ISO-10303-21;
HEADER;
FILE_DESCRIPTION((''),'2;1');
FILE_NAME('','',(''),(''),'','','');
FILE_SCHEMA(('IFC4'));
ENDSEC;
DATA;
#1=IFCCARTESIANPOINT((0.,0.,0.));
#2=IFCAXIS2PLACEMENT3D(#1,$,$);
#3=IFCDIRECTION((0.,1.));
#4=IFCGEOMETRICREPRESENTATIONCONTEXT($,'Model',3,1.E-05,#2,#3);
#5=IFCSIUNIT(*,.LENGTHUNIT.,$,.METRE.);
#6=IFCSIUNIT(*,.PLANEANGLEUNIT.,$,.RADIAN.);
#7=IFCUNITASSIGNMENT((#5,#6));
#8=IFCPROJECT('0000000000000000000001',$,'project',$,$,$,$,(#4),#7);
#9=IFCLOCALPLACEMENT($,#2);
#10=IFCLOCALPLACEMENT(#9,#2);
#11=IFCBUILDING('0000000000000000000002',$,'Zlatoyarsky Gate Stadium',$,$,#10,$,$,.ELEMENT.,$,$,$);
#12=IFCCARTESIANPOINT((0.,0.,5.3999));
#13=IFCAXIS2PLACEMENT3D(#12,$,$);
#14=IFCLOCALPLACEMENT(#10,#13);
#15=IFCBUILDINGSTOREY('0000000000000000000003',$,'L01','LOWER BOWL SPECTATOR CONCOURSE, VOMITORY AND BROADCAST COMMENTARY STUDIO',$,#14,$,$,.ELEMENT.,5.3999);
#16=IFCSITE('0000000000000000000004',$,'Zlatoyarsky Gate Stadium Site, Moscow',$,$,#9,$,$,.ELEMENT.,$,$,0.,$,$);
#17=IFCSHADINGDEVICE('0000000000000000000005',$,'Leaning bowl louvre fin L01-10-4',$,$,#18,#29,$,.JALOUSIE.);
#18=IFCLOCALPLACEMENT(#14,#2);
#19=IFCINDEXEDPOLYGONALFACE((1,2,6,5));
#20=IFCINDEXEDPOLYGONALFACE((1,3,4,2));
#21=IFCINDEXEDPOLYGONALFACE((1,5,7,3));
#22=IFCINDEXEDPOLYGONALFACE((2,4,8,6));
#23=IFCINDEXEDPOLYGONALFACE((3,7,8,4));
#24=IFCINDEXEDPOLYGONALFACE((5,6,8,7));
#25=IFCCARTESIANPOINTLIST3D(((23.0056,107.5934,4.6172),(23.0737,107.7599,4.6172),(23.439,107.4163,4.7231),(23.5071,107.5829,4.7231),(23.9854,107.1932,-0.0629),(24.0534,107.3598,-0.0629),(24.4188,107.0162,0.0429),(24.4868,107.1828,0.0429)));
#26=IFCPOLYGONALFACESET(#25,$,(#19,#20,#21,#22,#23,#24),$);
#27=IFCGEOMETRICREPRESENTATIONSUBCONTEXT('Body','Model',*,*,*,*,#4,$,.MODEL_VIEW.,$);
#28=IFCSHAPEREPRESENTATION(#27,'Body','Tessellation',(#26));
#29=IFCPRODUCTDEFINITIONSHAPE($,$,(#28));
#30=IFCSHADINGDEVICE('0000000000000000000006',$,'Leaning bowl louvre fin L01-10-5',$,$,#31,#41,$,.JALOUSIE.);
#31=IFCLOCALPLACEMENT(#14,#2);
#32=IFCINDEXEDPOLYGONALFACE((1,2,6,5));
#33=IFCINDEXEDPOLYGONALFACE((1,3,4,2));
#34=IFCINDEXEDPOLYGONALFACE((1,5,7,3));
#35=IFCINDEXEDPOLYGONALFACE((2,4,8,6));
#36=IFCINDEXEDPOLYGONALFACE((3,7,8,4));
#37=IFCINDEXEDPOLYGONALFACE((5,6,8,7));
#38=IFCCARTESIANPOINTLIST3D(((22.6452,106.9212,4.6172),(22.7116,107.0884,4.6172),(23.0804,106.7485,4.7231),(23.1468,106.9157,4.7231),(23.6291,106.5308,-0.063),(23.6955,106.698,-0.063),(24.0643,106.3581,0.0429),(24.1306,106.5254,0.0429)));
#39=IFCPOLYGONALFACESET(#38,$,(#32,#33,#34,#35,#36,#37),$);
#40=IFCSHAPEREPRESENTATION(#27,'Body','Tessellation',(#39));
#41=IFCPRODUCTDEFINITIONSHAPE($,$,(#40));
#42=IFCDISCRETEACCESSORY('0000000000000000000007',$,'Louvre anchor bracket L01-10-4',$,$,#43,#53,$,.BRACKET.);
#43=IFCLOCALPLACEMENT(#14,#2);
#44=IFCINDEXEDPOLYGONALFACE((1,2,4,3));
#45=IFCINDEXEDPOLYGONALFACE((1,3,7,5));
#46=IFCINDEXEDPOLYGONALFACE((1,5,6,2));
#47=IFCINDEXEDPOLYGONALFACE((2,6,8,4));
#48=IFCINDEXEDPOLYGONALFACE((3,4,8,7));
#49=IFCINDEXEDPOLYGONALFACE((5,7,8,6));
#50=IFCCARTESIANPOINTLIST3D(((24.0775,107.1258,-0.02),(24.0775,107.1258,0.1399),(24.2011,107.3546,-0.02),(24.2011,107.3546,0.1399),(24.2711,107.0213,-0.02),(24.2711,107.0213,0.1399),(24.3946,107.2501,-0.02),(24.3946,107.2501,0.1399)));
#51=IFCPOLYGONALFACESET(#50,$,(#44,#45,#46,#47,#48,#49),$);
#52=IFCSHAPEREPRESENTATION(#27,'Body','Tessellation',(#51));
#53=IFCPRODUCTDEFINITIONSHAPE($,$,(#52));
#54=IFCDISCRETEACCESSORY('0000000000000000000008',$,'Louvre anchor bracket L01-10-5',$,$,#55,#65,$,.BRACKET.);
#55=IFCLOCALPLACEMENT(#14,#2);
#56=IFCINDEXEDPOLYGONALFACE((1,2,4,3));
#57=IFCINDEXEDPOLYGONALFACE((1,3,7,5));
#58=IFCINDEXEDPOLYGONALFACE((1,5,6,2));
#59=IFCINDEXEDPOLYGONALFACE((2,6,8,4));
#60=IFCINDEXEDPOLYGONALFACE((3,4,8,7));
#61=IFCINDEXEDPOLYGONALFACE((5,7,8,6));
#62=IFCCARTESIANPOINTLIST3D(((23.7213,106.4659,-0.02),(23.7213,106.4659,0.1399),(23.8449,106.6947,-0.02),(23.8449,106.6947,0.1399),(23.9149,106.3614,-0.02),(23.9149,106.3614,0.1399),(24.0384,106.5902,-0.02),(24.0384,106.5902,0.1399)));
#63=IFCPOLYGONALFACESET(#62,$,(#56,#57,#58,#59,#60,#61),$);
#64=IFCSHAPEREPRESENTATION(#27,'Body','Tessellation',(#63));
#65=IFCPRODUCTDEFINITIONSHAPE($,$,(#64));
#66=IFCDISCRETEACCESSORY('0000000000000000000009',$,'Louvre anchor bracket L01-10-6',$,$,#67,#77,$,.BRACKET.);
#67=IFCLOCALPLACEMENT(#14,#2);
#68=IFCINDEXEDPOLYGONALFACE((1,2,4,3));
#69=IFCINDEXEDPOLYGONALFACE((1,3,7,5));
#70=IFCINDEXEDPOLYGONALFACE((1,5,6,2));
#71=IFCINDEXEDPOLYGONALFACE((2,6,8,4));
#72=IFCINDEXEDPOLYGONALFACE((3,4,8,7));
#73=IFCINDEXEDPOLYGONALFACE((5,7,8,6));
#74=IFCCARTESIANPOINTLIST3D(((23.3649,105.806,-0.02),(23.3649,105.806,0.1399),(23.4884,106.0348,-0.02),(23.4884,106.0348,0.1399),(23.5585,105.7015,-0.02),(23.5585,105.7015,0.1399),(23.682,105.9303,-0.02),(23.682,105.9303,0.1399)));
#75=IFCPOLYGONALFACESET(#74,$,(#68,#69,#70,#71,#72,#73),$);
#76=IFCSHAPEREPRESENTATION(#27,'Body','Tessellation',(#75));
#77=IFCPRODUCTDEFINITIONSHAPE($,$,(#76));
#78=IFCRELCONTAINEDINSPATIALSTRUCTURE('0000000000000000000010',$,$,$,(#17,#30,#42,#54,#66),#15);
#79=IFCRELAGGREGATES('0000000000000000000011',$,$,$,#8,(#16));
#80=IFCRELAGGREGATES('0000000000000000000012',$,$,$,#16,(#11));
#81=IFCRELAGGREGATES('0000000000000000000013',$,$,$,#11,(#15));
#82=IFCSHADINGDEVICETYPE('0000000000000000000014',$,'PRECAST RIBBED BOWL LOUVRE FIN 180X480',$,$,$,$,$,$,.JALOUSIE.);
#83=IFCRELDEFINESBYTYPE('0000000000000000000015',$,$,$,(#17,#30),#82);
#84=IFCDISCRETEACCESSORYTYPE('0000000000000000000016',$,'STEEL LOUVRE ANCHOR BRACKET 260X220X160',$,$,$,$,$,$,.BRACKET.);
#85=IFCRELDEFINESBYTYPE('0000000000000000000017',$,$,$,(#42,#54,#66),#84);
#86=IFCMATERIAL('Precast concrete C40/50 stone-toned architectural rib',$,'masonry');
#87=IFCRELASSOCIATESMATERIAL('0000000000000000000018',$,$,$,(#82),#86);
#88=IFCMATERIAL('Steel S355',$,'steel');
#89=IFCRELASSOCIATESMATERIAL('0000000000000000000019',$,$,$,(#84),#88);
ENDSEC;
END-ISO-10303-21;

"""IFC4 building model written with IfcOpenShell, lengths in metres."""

from ifc_helpers import new_model, si_unit, direction, frame, origin, origin_2d, place, context, subcontext, project, spatial, rectangle, extrude, material, material_profile, profile_set, type_object, element, save


model = new_model("IFC4")

# Units and contexts
model_context = context("Model", 3, precision=1e-05, world=origin(), true_north=direction((0.0, 1.0)))
body_context = subcontext(model_context, "Body", "Model", "MODEL_VIEW")
ifc_project = project(units=[si_unit("LENGTHUNIT", "METRE"), si_unit("PLANEANGLEUNIT", "RADIAN")], contexts=[model_context])

# Site, building, storey
site_placement = place(None, origin())
site = spatial("IfcSite", under=ifc_project, at=site_placement, Name="Zlatoyarsky Gate Stadium Site, Moscow", CompositionType="ELEMENT", RefElevation=0.0)
building_placement = place(site_placement, origin())
building = spatial("IfcBuilding", under=site, at=building_placement, Name="Zlatoyarsky Gate Stadium", CompositionType="ELEMENT")
storey_placement = place(building_placement, frame((0.0, 0.0, 5.3999)))
storey = spatial("IfcBuildingStorey", under=building, at=storey_placement, Name="L01", Description="LOWER BOWL SPECTATOR CONCOURSE, VOMITORY AND BROADCAST COMMENTARY STUDIO", CompositionType="ELEMENT", Elevation=5.3999)

# Shared definitions
ifc_material_1 = material(Name="Steel S355", Category="steel")

# Shading devices
ifc_material_2 = material(Name="Precast concrete C40/50 stone-toned architectural rib", Category="masonry")
ifc_material_profile_1 = material_profile(ifc_material_2, rectangle(XDim=0.1799, YDim=0.48, at=origin_2d()), Name="RIB 180X480")
ifc_profile_set_1 = profile_set([ifc_material_profile_1], Name="Precast concrete C40/50 stone-toned architectural rib")
shading_device_type = type_object("IfcShadingDeviceType", Name="PRECAST RIBBED BOWL LOUVRE FIN 180X480", PredefinedType="JALOUSIE", material=ifc_profile_set_1)
for number, where, z_axis, x_axis, name in (
    (1, (24.2361, 107.188, -0.01), (-0.204182, 0.083393, 0.975374), (-0.378103, -0.925764, 0.0), "Leaning bowl louvre fin L01-10-4"),
    (2, (23.8799, 106.5281, -0.01), (-0.205045, 0.081357, 0.975365), (-0.368804, -0.929507, 0.0), "Leaning bowl louvre fin L01-10-5"),
):
    element("IfcShadingDevice", number, at=place(storey_placement, frame(where, z_axis=z_axis, x_axis=x_axis)), inside=storey, type_object=shading_device_type, Name=name, PredefinedType="JALOUSIE", context=body_context, shape_type="SweptSolid", body=[
        extrude(rectangle(XDim=0.1799, YDim=0.48, at=origin_2d()), origin(), (0.0, 0.0, 1.0), 4.7983),
    ])

# Discrete accessories
discrete_accessory_type = type_object("IfcDiscreteAccessoryType", Name="STEEL LOUVRE ANCHOR BRACKET 260X220X160", PredefinedType="BRACKET", material=ifc_material_1)
for number, where, z_axis, x_axis, name in (
    (3, (24.2361, 107.188, -0.02), (0.0, 0.0, 1.0), (-0.47505, -0.879959, 0.0), "Louvre anchor bracket L01-10-4"),
    (4, (23.8799, 106.5281, -0.02), (0.0, 0.0, 1.0), (-0.47505, -0.879959, 0.0), "Louvre anchor bracket L01-10-5"),
    (5, (23.5234, 105.8682, -0.02), (0.0, 0.0, 1.0), (-0.47505, -0.879959, 0.0), "Louvre anchor bracket L01-10-6"),
):
    element("IfcDiscreteAccessory", number, at=place(storey_placement, frame(where, z_axis=z_axis, x_axis=x_axis)), inside=storey, type_object=discrete_accessory_type, Name=name, PredefinedType="BRACKET", context=body_context, shape_type="SweptSolid", body=[
        extrude(rectangle(XDim=0.26, YDim=0.22, at=origin_2d()), origin(), (0.0, 0.0, 1.0), 0.1599),
    ])

save(model, "model.ifc")
